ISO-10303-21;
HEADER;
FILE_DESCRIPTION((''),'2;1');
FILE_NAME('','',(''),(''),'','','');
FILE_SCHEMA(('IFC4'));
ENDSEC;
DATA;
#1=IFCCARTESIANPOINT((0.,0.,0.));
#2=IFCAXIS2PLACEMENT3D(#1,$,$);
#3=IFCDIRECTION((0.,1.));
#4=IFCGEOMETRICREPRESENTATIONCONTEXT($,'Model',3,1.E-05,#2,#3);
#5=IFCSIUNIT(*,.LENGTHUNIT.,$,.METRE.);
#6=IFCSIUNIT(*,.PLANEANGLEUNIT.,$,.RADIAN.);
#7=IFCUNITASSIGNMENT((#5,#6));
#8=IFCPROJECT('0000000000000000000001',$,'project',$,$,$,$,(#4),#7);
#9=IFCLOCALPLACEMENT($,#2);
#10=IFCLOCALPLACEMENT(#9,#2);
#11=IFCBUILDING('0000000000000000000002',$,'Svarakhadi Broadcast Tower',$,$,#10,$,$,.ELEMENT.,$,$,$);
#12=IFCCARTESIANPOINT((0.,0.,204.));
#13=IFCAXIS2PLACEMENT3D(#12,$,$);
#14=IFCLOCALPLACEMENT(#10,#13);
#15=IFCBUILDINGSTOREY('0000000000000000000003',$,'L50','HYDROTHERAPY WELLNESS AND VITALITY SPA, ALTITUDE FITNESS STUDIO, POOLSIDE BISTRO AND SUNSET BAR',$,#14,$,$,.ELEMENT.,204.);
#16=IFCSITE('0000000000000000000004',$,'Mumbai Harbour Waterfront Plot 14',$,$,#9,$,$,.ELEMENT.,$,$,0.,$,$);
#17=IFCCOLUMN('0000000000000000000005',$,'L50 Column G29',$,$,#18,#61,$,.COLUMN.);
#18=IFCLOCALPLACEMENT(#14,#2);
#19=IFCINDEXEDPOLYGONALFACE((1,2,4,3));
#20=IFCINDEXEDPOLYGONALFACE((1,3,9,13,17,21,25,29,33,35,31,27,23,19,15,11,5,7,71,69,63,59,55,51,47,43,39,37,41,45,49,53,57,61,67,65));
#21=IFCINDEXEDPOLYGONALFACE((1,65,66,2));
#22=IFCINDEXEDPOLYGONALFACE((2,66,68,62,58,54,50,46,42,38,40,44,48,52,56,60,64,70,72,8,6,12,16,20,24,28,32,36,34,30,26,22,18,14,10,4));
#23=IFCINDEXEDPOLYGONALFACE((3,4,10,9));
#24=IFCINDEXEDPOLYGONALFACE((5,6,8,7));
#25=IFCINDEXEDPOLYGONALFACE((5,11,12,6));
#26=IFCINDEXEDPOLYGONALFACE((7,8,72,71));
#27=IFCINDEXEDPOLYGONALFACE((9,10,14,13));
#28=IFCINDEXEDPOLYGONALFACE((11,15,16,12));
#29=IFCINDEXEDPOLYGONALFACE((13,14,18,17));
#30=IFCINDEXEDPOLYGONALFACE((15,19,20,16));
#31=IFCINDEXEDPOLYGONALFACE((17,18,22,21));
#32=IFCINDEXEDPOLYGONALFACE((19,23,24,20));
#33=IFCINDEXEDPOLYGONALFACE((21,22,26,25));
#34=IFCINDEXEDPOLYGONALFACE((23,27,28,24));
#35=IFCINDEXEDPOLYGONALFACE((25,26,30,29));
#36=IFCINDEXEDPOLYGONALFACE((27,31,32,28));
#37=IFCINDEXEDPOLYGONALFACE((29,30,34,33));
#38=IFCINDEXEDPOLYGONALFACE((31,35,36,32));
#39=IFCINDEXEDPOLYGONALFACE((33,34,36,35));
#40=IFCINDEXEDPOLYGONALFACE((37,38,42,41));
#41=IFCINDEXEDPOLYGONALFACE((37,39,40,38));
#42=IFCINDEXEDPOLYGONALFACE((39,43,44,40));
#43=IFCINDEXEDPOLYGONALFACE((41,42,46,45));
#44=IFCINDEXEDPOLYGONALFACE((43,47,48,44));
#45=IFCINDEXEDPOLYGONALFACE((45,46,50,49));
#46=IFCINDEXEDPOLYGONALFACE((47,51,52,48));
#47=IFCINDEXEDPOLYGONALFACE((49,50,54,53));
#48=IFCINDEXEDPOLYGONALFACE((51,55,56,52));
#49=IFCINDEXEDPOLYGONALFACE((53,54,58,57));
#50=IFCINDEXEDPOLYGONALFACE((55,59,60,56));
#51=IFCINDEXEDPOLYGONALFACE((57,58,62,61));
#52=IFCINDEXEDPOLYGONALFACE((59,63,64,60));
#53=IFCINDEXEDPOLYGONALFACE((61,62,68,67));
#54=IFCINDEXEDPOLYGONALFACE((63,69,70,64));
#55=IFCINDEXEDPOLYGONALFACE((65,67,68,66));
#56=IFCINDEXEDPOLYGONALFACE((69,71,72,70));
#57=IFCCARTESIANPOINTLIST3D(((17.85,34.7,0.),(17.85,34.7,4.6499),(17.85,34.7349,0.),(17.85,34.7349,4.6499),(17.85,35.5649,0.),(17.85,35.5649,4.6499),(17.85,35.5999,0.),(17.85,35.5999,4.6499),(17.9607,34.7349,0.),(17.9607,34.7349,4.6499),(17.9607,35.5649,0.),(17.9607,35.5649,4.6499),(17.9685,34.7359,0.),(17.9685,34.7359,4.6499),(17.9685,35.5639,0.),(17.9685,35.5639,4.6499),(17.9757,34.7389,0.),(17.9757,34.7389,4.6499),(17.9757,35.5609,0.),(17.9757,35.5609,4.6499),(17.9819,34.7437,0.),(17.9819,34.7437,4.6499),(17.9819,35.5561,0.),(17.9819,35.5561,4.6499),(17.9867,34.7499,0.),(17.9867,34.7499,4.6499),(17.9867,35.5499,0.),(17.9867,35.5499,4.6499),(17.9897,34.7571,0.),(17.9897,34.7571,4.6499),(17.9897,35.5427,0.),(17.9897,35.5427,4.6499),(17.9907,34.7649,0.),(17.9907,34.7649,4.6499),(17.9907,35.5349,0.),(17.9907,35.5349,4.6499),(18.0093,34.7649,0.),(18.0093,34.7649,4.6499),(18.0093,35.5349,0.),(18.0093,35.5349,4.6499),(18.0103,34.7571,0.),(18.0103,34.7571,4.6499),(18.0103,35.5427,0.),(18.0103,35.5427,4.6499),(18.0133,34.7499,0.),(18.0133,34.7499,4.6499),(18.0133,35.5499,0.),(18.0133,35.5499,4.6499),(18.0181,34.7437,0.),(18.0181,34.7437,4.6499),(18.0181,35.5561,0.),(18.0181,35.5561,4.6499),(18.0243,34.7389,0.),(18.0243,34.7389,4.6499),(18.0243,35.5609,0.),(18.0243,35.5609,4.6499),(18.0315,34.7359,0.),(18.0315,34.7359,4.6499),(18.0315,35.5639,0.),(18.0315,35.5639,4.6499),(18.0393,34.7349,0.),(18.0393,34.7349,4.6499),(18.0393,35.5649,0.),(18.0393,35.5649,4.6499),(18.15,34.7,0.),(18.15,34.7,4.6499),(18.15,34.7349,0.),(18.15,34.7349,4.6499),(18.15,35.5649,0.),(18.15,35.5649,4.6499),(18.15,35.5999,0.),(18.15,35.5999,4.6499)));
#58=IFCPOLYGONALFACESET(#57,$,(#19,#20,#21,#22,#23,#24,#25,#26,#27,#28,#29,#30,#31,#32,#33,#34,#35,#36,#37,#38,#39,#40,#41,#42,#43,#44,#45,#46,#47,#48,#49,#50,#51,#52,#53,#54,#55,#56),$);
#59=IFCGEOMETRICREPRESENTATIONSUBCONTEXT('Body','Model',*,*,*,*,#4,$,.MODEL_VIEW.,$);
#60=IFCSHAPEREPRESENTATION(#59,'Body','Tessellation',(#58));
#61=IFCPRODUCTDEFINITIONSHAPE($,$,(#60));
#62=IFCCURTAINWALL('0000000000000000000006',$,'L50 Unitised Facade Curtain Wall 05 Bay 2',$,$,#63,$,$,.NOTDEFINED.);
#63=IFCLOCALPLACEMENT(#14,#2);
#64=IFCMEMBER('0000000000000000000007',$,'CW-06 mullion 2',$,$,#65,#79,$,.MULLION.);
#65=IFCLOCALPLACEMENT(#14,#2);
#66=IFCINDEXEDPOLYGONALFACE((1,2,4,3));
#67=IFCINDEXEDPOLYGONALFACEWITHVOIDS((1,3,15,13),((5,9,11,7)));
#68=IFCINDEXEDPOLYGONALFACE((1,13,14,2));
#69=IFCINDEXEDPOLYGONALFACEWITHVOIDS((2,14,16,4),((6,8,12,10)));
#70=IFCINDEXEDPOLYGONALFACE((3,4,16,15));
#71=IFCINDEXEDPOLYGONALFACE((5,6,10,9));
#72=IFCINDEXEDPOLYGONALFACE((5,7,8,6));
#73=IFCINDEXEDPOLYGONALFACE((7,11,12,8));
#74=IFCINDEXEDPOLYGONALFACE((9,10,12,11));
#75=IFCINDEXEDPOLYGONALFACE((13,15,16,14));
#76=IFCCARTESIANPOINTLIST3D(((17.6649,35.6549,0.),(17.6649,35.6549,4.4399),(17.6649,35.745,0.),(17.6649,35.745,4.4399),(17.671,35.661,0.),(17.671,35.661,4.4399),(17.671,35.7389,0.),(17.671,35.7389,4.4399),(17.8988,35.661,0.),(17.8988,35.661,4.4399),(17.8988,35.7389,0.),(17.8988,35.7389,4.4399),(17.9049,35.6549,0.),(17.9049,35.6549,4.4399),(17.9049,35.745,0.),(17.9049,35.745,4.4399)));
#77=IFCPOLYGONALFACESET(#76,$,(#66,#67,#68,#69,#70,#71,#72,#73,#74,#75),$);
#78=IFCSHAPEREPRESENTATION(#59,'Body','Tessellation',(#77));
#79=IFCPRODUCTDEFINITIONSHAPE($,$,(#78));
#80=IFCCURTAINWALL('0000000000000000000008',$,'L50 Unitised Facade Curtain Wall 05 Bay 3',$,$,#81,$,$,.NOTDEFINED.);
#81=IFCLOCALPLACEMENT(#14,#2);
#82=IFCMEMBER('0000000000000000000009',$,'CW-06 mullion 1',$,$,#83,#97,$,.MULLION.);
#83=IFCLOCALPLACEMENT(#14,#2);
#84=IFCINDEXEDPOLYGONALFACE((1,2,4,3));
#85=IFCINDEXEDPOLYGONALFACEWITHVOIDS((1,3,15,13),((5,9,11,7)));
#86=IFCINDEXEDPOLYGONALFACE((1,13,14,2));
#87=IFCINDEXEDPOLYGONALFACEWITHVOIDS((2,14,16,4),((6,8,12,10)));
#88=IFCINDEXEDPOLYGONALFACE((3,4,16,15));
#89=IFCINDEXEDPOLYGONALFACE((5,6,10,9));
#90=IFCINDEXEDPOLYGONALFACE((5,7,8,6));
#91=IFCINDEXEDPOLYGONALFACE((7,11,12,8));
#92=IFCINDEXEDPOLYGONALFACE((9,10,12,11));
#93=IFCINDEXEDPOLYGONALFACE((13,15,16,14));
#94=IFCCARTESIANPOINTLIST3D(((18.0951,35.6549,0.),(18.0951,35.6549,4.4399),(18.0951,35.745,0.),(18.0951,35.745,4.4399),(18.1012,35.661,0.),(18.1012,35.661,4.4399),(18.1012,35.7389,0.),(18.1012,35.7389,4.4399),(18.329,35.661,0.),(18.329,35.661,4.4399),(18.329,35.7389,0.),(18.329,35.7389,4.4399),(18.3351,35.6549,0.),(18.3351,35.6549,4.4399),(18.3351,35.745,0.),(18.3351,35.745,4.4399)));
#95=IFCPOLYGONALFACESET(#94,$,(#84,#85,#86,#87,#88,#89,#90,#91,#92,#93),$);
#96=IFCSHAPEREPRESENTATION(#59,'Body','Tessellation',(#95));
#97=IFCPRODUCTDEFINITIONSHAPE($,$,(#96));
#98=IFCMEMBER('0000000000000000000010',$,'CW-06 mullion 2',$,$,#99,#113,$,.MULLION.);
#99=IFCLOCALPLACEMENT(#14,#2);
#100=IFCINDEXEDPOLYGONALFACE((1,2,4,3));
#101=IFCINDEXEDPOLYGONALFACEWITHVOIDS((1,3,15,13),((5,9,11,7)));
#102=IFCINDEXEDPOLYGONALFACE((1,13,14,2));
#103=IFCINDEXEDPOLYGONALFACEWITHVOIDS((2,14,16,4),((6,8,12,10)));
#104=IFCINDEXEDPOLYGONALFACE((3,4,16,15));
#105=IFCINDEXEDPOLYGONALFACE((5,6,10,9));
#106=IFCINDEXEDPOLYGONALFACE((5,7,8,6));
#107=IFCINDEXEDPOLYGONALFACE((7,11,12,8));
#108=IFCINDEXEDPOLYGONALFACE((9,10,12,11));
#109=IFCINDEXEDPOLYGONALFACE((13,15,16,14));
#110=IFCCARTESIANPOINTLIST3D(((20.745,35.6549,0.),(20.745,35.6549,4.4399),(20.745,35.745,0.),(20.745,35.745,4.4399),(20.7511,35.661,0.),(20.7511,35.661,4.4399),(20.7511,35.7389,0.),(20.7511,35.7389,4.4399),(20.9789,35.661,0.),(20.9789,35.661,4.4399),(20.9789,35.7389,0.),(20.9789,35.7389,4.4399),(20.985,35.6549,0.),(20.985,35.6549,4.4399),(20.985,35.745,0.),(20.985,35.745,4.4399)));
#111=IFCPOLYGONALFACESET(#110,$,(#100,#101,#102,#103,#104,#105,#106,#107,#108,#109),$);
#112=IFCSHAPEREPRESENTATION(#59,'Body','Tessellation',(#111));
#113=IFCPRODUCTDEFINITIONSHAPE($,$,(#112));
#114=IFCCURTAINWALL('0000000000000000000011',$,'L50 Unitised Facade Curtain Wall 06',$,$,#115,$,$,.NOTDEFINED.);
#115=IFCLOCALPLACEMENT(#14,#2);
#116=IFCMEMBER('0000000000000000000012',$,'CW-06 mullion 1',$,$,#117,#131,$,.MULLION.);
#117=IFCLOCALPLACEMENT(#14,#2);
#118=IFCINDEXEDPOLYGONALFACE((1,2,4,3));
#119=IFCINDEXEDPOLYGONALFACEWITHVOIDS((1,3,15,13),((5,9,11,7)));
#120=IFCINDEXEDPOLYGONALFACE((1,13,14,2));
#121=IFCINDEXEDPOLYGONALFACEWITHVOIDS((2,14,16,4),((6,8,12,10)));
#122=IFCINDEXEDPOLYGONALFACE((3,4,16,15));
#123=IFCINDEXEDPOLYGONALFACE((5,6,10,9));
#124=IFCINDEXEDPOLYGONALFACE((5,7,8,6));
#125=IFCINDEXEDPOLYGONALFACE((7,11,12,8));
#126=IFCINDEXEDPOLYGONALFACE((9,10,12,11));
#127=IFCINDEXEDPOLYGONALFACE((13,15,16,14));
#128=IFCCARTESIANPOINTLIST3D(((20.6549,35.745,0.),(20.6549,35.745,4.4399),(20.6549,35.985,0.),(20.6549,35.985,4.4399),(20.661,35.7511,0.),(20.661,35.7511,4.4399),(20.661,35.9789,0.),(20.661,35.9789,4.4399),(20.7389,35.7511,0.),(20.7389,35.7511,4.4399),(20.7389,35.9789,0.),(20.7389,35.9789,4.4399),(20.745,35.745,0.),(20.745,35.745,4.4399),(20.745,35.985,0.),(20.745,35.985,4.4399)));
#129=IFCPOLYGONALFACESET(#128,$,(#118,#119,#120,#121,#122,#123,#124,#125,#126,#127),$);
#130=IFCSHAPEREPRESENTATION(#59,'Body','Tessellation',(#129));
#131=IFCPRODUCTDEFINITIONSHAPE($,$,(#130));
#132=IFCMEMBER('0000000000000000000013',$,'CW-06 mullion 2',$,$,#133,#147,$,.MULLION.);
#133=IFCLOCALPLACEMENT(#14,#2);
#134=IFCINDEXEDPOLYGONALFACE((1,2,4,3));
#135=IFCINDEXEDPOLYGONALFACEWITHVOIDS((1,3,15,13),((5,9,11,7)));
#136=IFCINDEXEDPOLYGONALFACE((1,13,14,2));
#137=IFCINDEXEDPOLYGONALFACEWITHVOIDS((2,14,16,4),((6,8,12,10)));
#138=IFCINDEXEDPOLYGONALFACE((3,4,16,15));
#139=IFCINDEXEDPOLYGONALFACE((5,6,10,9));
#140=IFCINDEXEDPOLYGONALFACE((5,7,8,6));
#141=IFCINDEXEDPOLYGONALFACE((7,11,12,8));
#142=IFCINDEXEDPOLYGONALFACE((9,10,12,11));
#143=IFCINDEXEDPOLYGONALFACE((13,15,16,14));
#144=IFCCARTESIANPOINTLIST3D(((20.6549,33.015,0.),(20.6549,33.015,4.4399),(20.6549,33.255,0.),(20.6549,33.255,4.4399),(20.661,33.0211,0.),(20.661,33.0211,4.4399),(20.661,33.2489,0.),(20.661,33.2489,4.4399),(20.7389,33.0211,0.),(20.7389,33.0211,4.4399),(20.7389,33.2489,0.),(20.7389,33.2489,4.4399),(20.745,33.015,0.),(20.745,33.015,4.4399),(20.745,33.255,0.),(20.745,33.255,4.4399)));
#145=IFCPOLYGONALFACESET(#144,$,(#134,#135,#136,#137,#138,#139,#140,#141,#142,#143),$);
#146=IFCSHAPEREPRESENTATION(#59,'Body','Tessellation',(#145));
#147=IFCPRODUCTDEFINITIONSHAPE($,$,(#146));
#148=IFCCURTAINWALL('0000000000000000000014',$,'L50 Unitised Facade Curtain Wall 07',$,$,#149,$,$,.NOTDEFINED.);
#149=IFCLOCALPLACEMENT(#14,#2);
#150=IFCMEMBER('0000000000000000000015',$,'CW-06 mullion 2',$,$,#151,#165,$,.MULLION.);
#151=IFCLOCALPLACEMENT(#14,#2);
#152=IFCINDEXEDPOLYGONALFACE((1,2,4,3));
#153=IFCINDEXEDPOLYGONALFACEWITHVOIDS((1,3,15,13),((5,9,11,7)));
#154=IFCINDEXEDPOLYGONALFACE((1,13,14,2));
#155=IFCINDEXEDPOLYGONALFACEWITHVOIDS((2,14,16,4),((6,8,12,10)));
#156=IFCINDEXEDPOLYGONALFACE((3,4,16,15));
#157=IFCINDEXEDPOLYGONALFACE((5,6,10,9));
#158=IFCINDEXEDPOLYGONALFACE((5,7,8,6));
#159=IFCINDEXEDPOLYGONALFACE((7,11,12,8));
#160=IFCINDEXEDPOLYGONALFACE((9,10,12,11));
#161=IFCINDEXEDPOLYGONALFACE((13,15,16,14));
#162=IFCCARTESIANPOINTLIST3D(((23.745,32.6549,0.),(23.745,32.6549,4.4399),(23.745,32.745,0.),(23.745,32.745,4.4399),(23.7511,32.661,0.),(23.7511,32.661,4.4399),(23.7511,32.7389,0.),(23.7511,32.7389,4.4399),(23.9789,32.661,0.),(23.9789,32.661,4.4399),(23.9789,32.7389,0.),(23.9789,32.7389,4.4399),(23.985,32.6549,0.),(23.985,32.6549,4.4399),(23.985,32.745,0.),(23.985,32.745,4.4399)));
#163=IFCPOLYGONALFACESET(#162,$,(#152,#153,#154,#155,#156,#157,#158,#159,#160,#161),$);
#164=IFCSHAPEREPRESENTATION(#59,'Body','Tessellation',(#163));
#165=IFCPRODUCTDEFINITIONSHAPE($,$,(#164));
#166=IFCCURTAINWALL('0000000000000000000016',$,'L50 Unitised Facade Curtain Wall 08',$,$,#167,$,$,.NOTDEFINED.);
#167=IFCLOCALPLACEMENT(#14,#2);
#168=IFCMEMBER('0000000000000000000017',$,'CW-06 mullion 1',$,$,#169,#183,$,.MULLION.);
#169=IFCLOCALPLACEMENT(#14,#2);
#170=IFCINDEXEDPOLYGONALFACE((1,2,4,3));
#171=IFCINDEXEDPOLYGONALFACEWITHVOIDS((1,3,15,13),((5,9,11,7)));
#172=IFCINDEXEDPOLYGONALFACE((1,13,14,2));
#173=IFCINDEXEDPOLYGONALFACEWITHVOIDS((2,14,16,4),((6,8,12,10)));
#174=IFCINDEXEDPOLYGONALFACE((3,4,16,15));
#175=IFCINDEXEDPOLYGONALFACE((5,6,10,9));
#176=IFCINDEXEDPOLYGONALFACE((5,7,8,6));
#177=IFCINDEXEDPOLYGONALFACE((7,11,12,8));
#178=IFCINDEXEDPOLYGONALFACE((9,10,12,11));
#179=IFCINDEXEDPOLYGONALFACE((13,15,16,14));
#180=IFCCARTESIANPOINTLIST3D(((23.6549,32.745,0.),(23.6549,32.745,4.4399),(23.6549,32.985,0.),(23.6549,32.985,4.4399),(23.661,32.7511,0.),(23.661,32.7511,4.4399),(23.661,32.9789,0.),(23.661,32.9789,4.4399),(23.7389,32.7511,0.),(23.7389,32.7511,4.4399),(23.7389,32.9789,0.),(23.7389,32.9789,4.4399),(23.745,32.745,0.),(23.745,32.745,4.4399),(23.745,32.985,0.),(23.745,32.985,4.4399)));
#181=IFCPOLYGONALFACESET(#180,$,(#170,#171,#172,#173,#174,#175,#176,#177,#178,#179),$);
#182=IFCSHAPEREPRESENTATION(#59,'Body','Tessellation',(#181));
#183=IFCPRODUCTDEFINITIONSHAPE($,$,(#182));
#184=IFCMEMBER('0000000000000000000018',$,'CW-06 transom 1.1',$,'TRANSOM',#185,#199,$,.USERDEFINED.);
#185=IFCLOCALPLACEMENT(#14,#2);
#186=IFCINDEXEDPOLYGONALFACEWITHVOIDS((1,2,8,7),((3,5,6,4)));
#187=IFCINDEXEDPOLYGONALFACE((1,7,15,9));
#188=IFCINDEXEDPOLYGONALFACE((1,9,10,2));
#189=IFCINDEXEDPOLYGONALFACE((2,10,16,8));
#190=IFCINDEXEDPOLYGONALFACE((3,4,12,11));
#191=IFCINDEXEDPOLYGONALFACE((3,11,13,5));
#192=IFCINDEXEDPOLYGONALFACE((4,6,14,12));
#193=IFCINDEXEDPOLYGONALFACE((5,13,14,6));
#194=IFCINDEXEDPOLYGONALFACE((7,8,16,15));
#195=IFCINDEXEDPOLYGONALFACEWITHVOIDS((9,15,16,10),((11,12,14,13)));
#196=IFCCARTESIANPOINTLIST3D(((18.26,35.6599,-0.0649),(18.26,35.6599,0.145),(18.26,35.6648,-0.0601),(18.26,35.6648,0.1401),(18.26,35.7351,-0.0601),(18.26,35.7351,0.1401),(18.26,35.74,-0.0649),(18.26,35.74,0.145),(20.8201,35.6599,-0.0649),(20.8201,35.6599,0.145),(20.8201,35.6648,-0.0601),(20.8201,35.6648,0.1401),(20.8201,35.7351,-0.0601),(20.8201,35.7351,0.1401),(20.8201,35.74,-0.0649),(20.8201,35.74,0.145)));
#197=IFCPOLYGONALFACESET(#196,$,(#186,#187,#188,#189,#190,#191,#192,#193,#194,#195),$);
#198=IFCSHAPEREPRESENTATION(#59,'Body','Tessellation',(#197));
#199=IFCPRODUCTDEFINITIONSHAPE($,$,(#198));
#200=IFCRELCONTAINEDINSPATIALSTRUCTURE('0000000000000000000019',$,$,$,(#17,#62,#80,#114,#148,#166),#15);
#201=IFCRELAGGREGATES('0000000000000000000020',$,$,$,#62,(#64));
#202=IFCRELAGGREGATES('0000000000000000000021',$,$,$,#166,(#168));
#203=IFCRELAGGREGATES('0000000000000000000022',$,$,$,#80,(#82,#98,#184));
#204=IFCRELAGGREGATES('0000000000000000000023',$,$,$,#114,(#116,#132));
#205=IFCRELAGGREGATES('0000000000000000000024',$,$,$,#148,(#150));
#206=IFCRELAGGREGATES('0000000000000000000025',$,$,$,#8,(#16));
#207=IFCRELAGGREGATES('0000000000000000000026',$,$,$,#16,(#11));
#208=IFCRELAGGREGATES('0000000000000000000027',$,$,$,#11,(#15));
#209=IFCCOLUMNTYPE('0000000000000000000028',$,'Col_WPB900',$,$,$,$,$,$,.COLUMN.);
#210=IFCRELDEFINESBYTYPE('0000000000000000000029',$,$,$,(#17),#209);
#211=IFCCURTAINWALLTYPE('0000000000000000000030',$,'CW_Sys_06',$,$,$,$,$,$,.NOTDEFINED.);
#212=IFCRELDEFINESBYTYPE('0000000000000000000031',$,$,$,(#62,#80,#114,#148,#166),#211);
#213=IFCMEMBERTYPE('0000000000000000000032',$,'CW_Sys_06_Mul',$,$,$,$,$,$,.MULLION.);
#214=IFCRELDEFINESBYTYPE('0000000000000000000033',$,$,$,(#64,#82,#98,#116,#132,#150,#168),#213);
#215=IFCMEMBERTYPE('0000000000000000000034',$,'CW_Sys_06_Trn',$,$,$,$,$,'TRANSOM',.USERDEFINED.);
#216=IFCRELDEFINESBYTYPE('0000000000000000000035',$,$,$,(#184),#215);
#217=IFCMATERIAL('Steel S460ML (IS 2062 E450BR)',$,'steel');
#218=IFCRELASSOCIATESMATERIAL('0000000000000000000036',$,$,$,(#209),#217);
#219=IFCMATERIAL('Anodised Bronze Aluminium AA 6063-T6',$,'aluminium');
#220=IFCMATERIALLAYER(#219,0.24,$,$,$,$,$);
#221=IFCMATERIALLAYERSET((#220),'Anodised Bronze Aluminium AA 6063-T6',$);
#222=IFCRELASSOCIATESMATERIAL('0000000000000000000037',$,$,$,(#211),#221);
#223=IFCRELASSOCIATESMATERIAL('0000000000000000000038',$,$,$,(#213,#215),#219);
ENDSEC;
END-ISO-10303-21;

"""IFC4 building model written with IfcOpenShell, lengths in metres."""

from ifc_helpers import new_model, si_unit, direction, frame, origin, origin_2d, place, context, subcontext, project, spatial, hollow_rectangle, i_section, extrude, material, layer, layer_set, material_profile, profile_set, type_object, element, aggregate, save


model = new_model("IFC4")

# Units and contexts
model_context = context("Model", 3, precision=1e-05, world=origin(), true_north=direction((0.0, 1.0)))
body_context = subcontext(model_context, "Body", "Model", "MODEL_VIEW")
ifc_project = project(units=[si_unit("LENGTHUNIT", "METRE"), si_unit("PLANEANGLEUNIT", "RADIAN")], contexts=[model_context])

# Site, building, storey
site_placement = place(None, origin())
site = spatial("IfcSite", under=ifc_project, at=site_placement, Name="Mumbai Harbour Waterfront Plot 14", CompositionType="ELEMENT", RefElevation=0.0)
building_placement = place(site_placement, origin())
building = spatial("IfcBuilding", under=site, at=building_placement, Name="Svarakhadi Broadcast Tower", CompositionType="ELEMENT")
storey_placement = place(building_placement, frame((0.0, 0.0, 204.0)))
storey = spatial("IfcBuildingStorey", under=building, at=storey_placement, Name="L50", Description="HYDROTHERAPY WELLNESS AND VITALITY SPA, ALTITUDE FITNESS STUDIO, POOLSIDE BISTRO AND SUNSET BAR", CompositionType="ELEMENT", Elevation=204.0)

# Column
ifc_material_1 = material(Name="Steel S460ML (IS 2062 E450BR)", Category="steel")
ifc_material_profile_1 = material_profile(ifc_material_1, i_section(OverallWidth=0.3, OverallDepth=0.8999, WebThickness=0.0186, FlangeThickness=0.0349, FilletRadius=0.03, at=origin_2d()), Name="WPB 900x300x291")
ifc_profile_set_1 = profile_set([ifc_material_profile_1], Name="Steel S460ML (IS 2062 E450BR)")
column_type = type_object("IfcColumnType", Name="Col_WPB900", PredefinedType="COLUMN", material=ifc_profile_set_1)
column_placement = place(storey_placement, frame((18.0, 35.1499, 0.0), z_axis=(0.0, 0.0, 1.0), x_axis=(1.0, 0.0, 0.0)))
element("IfcColumn", 1, at=column_placement, inside=storey, type_object=column_type, Name="L50 Column G29", PredefinedType="COLUMN", context=body_context, shape_type="SweptSolid", body=[
    extrude(i_section(OverallWidth=0.3, OverallDepth=0.8999, WebThickness=0.0186, FlangeThickness=0.0349, FilletRadius=0.03, at=origin_2d()), origin(), (0.0, 0.0, 1.0), 4.6499),
])

# Curtain wall, member
ifc_material_2 = material(Name="Anodised Bronze Aluminium AA 6063-T6", Category="aluminium")
ifc_layer_1 = layer(ifc_material_2, 0.24)
ifc_layer_set_1 = layer_set([ifc_layer_1], Name="Anodised Bronze Aluminium AA 6063-T6")
curtain_wall_type = type_object("IfcCurtainWallType", Name="CW_Sys_06", PredefinedType="NOTDEFINED", material=ifc_layer_set_1)
curtain_wall_1_placement = place(storey_placement, origin())
curtain_wall_1 = element("IfcCurtainWall", 2, at=curtain_wall_1_placement, inside=storey, type_object=curtain_wall_type, Name="L50 Unitised Facade Curtain Wall 05 Bay 2", PredefinedType="NOTDEFINED")
ifc_material_profile_2 = material_profile(ifc_material_2, hollow_rectangle(XDim=0.0901, YDim=0.24, WallThickness=0.0061, at=origin_2d()), Name="ALU MULLION 240x90x6")
ifc_profile_set_2 = profile_set([ifc_material_profile_2], Name="Anodised Bronze Aluminium AA 6063-T6")
member_type_1 = type_object("IfcMemberType", Name="CW_Sys_06_Mul", PredefinedType="MULLION", material=ifc_profile_set_2)
member_1_placement = place(storey_placement, frame((17.7849, 35.7, 0.0), z_axis=(0.0, 0.0, 1.0), x_axis=(0.0, 1.0, 0.0)))
member_1 = element("IfcMember", 3, at=member_1_placement, type_object=member_type_1, Name="CW-06 mullion 2", PredefinedType="MULLION", context=body_context, shape_type="SweptSolid", body=[
    extrude(hollow_rectangle(XDim=0.0901, YDim=0.24, WallThickness=0.0061, at=origin_2d()), origin(), (0.0, 0.0, 1.0), 4.4399),
])
aggregate(curtain_wall_1, [member_1])

# Curtain walls, members
curtain_wall_2_placement = place(storey_placement, origin())
curtain_wall_2 = element("IfcCurtainWall", 4, at=curtain_wall_2_placement, inside=storey, type_object=curtain_wall_type, Name="L50 Unitised Facade Curtain Wall 05 Bay 3", PredefinedType="NOTDEFINED")
member_2_placement = place(storey_placement, frame((18.2151, 35.7, 0.0), z_axis=(0.0, 0.0, 1.0), x_axis=(0.0, 1.0, 0.0)))
member_2 = element("IfcMember", 5, at=member_2_placement, type_object=member_type_1, Name="CW-06 mullion 1", PredefinedType="MULLION", context=body_context, shape_type="SweptSolid", body=[
    extrude(hollow_rectangle(XDim=0.0901, YDim=0.24, WallThickness=0.0061, at=origin_2d()), origin(), (0.0, 0.0, 1.0), 4.4399),
])
member_3_placement = place(storey_placement, frame((20.865, 35.7, 0.0), z_axis=(0.0, 0.0, 1.0), x_axis=(0.0, 1.0, 0.0)))
member_3 = element("IfcMember", 6, at=member_3_placement, type_object=member_type_1, Name="CW-06 mullion 2", PredefinedType="MULLION", context=body_context, shape_type="SweptSolid", body=[
    extrude(hollow_rectangle(XDim=0.0901, YDim=0.24, WallThickness=0.0061, at=origin_2d()), origin(), (0.0, 0.0, 1.0), 4.4399),
])
curtain_wall_3_placement = place(storey_placement, origin())
curtain_wall_3 = element("IfcCurtainWall", 7, at=curtain_wall_3_placement, inside=storey, type_object=curtain_wall_type, Name="L50 Unitised Facade Curtain Wall 06", PredefinedType="NOTDEFINED")
member_4_placement = place(storey_placement, frame((20.7, 35.865, 0.0), z_axis=(0.0, 0.0, 1.0), x_axis=(1.0, 0.0, 0.0)))
member_4 = element("IfcMember", 8, at=member_4_placement, type_object=member_type_1, Name="CW-06 mullion 1", PredefinedType="MULLION", context=body_context, shape_type="SweptSolid", body=[
    extrude(hollow_rectangle(XDim=0.0901, YDim=0.24, WallThickness=0.0061, at=origin_2d()), origin(), (0.0, 0.0, 1.0), 4.4399),
])
member_5_placement = place(storey_placement, frame((20.7, 33.135, 0.0), z_axis=(0.0, 0.0, 1.0), x_axis=(1.0, 0.0, 0.0)))
member_5 = element("IfcMember", 9, at=member_5_placement, type_object=member_type_1, Name="CW-06 mullion 2", PredefinedType="MULLION", context=body_context, shape_type="SweptSolid", body=[
    extrude(hollow_rectangle(XDim=0.0901, YDim=0.24, WallThickness=0.0061, at=origin_2d()), origin(), (0.0, 0.0, 1.0), 4.4399),
])

# Curtain walls, members
curtain_wall_4_placement = place(storey_placement, origin())
curtain_wall_4 = element("IfcCurtainWall", 10, at=curtain_wall_4_placement, inside=storey, type_object=curtain_wall_type, Name="L50 Unitised Facade Curtain Wall 07", PredefinedType="NOTDEFINED")
member_6_placement = place(storey_placement, frame((23.865, 32.7, 0.0), z_axis=(0.0, 0.0, 1.0), x_axis=(0.0, 1.0, 0.0)))
member_6 = element("IfcMember", 11, at=member_6_placement, type_object=member_type_1, Name="CW-06 mullion 2", PredefinedType="MULLION", context=body_context, shape_type="SweptSolid", body=[
    extrude(hollow_rectangle(XDim=0.0901, YDim=0.24, WallThickness=0.0061, at=origin_2d()), origin(), (0.0, 0.0, 1.0), 4.4399),
])
curtain_wall_5_placement = place(storey_placement, origin())
curtain_wall_5 = element("IfcCurtainWall", 12, at=curtain_wall_5_placement, inside=storey, type_object=curtain_wall_type, Name="L50 Unitised Facade Curtain Wall 08", PredefinedType="NOTDEFINED")
member_7_placement = place(storey_placement, frame((23.7, 32.865, 0.0), z_axis=(0.0, 0.0, 1.0), x_axis=(1.0, 0.0, 0.0)))
member_7 = element("IfcMember", 13, at=member_7_placement, type_object=member_type_1, Name="CW-06 mullion 1", PredefinedType="MULLION", context=body_context, shape_type="SweptSolid", body=[
    extrude(hollow_rectangle(XDim=0.0901, YDim=0.24, WallThickness=0.0061, at=origin_2d()), origin(), (0.0, 0.0, 1.0), 4.4399),
])

# Member
ifc_material_profile_3 = material_profile(ifc_material_2, hollow_rectangle(XDim=0.0801, YDim=0.21, WallThickness=0.0049, at=origin_2d()), Name="ALU TRANSOM 210x80x5")
ifc_profile_set_3 = profile_set([ifc_material_profile_3], Name="Anodised Bronze Aluminium AA 6063-T6")
member_type_2 = type_object("IfcMemberType", Name="CW_Sys_06_Trn", ElementType="TRANSOM", PredefinedType="USERDEFINED", material=ifc_profile_set_3)
member_8_placement = place(storey_placement, frame((18.26, 35.7, 0.04), z_axis=(1.0, 0.0, 0.0), x_axis=(0.0, 1.0, 0.0)))
member_8 = element("IfcMember", 14, at=member_8_placement, type_object=member_type_2, Name="CW-06 transom 1.1", ObjectType="TRANSOM", PredefinedType="USERDEFINED", context=body_context, shape_type="SweptSolid", body=[
    extrude(hollow_rectangle(XDim=0.0801, YDim=0.21, WallThickness=0.0049, at=origin_2d()), origin(), (0.0, 0.0, 1.0), 2.5601),
])
aggregate(curtain_wall_5, [member_7])

aggregate(curtain_wall_2, [member_2, member_3, member_8])
aggregate(curtain_wall_3, [member_4, member_5])
aggregate(curtain_wall_4, [member_6])

save(model, "model.ifc")
